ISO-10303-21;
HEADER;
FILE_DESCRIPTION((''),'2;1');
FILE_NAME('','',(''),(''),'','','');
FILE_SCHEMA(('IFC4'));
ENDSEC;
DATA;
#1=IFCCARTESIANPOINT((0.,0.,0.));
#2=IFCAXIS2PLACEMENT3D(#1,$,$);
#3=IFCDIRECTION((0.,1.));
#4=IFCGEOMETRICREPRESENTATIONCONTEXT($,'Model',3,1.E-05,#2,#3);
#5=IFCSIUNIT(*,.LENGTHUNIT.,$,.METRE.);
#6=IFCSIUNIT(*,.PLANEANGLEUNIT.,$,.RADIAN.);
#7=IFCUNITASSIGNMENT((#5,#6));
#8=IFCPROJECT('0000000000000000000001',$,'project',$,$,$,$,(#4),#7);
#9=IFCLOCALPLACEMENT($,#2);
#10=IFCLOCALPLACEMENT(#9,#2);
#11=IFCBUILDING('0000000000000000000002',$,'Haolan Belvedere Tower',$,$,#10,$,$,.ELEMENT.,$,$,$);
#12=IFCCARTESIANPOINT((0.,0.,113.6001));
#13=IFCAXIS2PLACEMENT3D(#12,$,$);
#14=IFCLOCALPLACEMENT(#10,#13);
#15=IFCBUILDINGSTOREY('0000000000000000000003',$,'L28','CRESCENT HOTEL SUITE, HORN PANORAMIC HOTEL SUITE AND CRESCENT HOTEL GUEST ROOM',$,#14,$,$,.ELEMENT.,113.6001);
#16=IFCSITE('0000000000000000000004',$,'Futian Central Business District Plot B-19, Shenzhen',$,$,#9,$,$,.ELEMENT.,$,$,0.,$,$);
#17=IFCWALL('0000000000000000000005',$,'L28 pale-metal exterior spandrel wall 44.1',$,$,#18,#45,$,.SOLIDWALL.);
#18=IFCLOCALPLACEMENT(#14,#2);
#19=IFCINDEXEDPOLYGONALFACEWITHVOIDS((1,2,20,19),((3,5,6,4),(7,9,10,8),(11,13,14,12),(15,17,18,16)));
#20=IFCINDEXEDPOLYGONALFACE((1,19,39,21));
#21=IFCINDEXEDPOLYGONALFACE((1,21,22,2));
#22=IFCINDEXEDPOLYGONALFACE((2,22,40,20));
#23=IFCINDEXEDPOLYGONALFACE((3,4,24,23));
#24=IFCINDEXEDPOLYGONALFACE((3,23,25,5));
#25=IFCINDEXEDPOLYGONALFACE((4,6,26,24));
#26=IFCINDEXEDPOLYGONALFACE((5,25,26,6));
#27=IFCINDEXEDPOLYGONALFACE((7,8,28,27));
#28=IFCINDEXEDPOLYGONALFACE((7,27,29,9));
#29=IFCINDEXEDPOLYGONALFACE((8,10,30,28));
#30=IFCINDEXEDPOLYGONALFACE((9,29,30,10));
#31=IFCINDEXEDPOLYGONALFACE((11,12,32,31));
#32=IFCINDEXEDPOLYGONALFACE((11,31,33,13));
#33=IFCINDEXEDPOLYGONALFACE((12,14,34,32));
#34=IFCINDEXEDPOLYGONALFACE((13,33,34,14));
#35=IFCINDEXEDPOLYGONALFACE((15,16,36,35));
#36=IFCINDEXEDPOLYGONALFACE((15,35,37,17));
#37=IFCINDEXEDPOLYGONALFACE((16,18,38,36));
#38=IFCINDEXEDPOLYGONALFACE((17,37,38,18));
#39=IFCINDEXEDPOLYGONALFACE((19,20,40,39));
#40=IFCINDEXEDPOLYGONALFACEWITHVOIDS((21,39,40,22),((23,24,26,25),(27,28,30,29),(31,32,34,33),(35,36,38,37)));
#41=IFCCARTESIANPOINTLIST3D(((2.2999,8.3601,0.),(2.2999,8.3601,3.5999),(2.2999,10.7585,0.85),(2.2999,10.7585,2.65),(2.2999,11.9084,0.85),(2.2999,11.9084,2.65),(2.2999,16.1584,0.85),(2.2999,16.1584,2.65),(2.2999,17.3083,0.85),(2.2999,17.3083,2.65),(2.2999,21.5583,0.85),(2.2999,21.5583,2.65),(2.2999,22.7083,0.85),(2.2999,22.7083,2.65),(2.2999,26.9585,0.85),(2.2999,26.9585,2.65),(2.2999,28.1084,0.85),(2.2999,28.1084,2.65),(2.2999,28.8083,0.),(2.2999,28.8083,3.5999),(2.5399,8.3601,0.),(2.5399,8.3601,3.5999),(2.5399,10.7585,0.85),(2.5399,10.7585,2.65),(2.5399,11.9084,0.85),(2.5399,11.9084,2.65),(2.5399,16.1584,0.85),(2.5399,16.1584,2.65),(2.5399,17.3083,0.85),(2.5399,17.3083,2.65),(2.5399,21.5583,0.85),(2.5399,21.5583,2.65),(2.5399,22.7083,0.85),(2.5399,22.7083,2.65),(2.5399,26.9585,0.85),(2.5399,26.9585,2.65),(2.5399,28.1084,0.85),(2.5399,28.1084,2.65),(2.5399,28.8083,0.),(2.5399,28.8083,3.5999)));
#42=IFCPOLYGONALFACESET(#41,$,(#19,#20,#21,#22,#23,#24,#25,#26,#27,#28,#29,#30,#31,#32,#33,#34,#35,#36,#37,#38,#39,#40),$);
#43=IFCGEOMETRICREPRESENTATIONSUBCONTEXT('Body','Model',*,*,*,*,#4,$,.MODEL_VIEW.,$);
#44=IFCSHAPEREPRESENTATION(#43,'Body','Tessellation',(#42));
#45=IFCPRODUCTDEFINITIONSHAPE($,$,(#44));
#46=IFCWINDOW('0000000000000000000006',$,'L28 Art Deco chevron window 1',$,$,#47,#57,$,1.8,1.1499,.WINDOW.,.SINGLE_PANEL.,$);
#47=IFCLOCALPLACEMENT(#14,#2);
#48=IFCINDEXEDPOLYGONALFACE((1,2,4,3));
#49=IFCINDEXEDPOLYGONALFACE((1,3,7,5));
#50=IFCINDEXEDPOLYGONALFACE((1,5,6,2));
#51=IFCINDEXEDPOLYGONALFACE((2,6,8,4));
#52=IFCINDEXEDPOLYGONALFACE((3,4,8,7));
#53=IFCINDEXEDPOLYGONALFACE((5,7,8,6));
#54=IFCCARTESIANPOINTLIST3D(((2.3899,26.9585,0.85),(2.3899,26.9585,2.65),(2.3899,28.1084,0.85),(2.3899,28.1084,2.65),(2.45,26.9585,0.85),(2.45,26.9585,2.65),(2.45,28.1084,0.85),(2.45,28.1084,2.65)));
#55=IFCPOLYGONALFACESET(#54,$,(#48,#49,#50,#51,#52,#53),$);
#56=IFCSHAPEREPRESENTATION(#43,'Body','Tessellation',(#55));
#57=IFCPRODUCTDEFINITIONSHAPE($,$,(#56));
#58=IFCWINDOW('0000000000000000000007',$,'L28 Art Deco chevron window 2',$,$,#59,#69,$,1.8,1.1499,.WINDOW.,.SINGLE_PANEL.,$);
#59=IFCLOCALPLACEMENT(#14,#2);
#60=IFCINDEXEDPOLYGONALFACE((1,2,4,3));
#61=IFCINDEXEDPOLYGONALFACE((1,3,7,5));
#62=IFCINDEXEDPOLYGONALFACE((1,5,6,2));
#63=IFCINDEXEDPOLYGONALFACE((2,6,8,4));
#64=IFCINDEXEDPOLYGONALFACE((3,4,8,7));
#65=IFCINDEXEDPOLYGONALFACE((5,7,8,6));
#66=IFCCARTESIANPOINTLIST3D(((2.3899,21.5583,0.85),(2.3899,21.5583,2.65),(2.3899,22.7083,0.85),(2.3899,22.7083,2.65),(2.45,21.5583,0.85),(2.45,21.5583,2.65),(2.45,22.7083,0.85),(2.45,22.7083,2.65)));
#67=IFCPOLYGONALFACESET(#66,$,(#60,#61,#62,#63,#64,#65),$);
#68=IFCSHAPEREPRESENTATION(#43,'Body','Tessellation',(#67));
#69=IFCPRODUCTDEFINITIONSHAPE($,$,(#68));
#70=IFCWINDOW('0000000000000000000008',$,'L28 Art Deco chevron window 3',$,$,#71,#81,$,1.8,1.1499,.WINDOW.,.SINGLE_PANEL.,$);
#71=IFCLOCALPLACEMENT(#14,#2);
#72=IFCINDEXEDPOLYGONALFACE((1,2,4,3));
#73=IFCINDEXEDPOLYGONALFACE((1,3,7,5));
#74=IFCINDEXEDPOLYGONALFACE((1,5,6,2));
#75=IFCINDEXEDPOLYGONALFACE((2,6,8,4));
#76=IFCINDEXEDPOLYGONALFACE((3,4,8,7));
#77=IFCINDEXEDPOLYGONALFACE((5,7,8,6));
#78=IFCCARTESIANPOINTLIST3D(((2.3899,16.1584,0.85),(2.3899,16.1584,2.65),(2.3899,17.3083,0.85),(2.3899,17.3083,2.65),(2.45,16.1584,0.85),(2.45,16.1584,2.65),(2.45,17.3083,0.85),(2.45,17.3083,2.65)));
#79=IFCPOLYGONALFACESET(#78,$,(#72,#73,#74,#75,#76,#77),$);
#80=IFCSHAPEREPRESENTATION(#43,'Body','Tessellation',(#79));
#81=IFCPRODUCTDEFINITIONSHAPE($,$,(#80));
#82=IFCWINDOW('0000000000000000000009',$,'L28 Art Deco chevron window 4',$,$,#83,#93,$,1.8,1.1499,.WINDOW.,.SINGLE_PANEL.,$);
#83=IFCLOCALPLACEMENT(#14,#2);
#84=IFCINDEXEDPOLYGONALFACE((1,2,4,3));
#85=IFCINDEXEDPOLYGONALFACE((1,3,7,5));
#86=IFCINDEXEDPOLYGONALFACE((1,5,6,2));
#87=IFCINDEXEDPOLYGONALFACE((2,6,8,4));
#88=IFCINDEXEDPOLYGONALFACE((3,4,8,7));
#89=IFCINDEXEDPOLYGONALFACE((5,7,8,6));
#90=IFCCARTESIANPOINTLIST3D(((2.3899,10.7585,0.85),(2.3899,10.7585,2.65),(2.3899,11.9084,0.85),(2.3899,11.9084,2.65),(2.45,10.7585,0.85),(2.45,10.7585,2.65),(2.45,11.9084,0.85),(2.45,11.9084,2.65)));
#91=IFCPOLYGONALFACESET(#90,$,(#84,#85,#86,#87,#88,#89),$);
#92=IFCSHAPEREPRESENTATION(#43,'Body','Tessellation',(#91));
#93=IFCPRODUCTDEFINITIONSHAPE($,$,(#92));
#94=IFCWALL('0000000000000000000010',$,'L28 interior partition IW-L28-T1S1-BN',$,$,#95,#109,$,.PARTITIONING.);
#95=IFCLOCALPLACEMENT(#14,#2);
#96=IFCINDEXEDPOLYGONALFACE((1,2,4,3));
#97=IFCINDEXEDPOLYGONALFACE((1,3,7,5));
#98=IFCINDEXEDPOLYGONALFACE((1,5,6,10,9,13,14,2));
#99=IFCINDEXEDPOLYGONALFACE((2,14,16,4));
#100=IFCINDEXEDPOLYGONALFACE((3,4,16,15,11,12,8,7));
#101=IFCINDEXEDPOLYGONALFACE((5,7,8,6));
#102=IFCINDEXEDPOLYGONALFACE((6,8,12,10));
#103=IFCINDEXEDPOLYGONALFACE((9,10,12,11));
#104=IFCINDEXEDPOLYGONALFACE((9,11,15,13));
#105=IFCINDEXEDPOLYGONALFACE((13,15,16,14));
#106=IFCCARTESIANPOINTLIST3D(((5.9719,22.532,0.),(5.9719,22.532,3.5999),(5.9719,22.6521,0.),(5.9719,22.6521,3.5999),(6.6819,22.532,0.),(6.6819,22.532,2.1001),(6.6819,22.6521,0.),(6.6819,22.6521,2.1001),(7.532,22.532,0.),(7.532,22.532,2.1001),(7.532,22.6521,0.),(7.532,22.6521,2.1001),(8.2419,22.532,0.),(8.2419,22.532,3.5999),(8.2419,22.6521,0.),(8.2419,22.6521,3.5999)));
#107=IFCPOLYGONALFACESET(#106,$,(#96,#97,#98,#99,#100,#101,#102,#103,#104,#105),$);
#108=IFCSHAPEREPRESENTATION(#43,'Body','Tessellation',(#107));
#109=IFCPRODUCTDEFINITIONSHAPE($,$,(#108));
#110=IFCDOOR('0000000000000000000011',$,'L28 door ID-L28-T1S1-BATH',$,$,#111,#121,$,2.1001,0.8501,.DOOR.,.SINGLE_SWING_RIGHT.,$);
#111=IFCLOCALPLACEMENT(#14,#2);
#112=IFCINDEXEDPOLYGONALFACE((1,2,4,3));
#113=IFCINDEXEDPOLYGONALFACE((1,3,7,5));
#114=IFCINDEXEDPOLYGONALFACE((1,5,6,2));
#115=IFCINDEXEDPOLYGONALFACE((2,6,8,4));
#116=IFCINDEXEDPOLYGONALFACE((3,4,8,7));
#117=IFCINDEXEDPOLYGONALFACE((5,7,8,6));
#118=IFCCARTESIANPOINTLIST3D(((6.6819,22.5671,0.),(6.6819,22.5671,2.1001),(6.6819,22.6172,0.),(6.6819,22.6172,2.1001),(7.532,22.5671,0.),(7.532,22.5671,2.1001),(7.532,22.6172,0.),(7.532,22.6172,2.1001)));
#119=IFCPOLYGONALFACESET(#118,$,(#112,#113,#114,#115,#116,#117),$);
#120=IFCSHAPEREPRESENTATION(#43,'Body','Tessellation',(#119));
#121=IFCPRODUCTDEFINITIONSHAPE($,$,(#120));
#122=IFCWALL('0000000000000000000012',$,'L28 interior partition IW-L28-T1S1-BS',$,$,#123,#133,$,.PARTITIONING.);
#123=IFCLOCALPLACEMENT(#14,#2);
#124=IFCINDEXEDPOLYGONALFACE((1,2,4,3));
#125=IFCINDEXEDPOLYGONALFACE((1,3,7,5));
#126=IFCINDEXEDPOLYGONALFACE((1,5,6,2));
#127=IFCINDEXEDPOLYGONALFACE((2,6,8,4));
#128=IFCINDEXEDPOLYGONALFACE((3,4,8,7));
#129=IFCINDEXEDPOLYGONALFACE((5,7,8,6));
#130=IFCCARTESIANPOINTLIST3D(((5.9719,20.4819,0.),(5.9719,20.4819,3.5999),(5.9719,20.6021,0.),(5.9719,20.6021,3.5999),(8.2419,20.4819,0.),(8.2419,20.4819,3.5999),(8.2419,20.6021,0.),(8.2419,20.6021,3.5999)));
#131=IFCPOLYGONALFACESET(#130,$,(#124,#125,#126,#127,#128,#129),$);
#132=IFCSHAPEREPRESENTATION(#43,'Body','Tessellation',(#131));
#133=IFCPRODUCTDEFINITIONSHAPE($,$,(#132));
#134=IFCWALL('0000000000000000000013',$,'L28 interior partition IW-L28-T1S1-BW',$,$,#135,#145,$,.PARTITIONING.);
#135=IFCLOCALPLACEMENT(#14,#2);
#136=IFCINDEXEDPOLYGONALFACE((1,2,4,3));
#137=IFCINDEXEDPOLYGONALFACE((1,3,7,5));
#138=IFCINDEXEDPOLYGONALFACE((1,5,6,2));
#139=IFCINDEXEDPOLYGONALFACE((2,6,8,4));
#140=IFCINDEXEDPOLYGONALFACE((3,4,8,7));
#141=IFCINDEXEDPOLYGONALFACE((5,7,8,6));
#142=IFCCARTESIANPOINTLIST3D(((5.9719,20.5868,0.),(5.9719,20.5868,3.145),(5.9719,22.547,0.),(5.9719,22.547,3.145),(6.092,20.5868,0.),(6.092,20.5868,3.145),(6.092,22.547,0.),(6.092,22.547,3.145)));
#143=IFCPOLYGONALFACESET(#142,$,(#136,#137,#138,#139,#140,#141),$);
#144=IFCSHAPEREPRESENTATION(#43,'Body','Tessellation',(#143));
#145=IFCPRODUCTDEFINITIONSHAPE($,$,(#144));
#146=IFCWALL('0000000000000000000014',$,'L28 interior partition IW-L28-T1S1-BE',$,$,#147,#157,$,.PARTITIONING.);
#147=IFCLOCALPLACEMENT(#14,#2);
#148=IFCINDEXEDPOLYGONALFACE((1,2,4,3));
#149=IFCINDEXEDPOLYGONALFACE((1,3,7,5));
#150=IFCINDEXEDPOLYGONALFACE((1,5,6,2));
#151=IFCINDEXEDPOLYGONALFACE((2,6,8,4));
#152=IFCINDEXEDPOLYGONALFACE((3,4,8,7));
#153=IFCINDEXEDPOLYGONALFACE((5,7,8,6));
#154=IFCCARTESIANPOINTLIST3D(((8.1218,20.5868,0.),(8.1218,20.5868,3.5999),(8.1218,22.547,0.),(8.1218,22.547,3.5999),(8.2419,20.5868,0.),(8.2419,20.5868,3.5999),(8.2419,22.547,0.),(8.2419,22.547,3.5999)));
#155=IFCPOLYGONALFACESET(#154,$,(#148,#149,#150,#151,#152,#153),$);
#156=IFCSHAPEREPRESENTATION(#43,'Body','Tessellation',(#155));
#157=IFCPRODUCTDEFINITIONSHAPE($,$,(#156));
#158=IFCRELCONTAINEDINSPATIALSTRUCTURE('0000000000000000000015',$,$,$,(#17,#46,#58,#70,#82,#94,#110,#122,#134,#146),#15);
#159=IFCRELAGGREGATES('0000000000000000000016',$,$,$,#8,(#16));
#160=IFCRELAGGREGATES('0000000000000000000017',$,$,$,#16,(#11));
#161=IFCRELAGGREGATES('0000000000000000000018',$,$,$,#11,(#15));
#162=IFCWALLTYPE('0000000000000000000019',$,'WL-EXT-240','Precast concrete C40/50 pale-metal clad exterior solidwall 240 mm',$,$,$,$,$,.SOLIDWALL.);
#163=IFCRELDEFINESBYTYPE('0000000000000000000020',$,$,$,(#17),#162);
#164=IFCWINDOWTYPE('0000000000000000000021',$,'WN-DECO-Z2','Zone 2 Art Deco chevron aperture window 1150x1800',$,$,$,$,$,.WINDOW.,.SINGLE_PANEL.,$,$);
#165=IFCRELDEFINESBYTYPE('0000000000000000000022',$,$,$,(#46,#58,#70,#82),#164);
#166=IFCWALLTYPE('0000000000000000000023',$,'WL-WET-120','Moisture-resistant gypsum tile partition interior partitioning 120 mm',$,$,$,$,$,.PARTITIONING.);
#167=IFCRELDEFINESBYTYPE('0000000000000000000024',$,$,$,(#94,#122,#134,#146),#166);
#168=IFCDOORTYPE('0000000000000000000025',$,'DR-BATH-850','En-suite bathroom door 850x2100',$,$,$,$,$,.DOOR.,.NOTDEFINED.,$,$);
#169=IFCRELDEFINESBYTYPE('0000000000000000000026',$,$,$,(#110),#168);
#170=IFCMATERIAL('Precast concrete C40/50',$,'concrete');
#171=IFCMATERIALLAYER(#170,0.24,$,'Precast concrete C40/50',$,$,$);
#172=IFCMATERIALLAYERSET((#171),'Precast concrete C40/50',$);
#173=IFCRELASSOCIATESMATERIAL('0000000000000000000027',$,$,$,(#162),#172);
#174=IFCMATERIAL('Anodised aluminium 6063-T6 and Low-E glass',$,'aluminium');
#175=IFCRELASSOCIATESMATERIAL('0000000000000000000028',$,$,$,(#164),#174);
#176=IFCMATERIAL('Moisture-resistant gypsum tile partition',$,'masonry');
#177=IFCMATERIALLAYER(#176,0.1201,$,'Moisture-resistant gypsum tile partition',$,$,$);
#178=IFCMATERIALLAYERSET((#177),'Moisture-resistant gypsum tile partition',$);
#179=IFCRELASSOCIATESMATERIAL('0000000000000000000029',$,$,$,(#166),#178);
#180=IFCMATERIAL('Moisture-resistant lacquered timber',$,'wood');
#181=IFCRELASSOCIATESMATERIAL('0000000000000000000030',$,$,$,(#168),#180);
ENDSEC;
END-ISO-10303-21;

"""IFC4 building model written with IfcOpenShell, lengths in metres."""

from ifc_helpers import new_model, si_unit, direction, frame, frame_2d, origin, place, context, subcontext, project, spatial, rectangle, extrude, material, layer, layer_set, type_object, element, fill, save


model = new_model("IFC4")

# Units and contexts
model_context = context("Model", 3, precision=1e-05, world=origin(), true_north=direction((0.0, 1.0)))
body_context = subcontext(model_context, "Body", "Model", "MODEL_VIEW")
ifc_project = project(units=[si_unit("LENGTHUNIT", "METRE"), si_unit("PLANEANGLEUNIT", "RADIAN")], contexts=[model_context])

# Site, building, storey
site_placement = place(None, origin())
site = spatial("IfcSite", under=ifc_project, at=site_placement, Name="Futian Central Business District Plot B-19, Shenzhen", CompositionType="ELEMENT", RefElevation=0.0)
building_placement = place(site_placement, origin())
building = spatial("IfcBuilding", under=site, at=building_placement, Name="Haolan Belvedere Tower", CompositionType="ELEMENT")
storey_placement = place(building_placement, frame((0.0, 0.0, 113.6001)))
storey = spatial("IfcBuildingStorey", under=building, at=storey_placement, Name="L28", Description="CRESCENT HOTEL SUITE, HORN PANORAMIC HOTEL SUITE AND CRESCENT HOTEL GUEST ROOM", CompositionType="ELEMENT", Elevation=113.6001)

# Wall, openings, windows
ifc_material_1 = material(Name="Precast concrete C40/50", Category="concrete")
ifc_layer_1 = layer(ifc_material_1, 0.24, Name="Precast concrete C40/50")
ifc_layer_set_1 = layer_set([ifc_layer_1], Name="Precast concrete C40/50")
wall_type_1 = type_object("IfcWallType", Name="WL-EXT-240", Description="Precast concrete C40/50 pale-metal clad exterior solidwall 240 mm", PredefinedType="SOLIDWALL", material=ifc_layer_set_1)
wall_1_placement = place(storey_placement, frame((2.4199, 28.8083, 0.0), z_axis=(0.0, 0.0, 1.0), x_axis=(0.0, -1.0, 0.0)))
wall_1 = element("IfcWall", 1, at=wall_1_placement, inside=storey, type_object=wall_type_1, Name="L28 pale-metal exterior spandrel wall 44.1", PredefinedType="SOLIDWALL", context=body_context, shape_type="SweptSolid", body=[
    extrude(rectangle(XDim=20.4482, YDim=0.24, at=frame_2d((10.2241, 0.0))), origin(), (0.0, 0.0, 1.0), 3.5999),
])
opening_1_placement = place(wall_1_placement, frame((0.7, 0.0, 0.8501)))
opening_1 = element("IfcOpeningElement", 2, at=opening_1_placement, cuts=wall_1, PredefinedType="OPENING", context=body_context, shape_type="SweptSolid", body=[
    extrude(rectangle(XDim=1.1499, YDim=1.8, at=frame_2d((0.575, 0.8999))), frame((0.0, 0.1299, 0.0), z_axis=(0.0, -1.0, 0.0), x_axis=(1.0, 0.0, 0.0)), (0.0, 0.0, 1.0), 0.26),
])
opening_2_placement = place(wall_1_placement, frame((6.1001, 0.0, 0.8501)))
opening_2 = element("IfcOpeningElement", 3, at=opening_2_placement, cuts=wall_1, PredefinedType="OPENING", context=body_context, shape_type="SweptSolid", body=[
    extrude(rectangle(XDim=1.1499, YDim=1.8, at=frame_2d((0.575, 0.8999))), frame((0.0, 0.1299, 0.0), z_axis=(0.0, -1.0, 0.0), x_axis=(1.0, 0.0, 0.0)), (0.0, 0.0, 1.0), 0.26),
])
opening_3_placement = place(wall_1_placement, frame((11.5, 0.0, 0.8501)))
opening_3 = element("IfcOpeningElement", 4, at=opening_3_placement, cuts=wall_1, PredefinedType="OPENING", context=body_context, shape_type="SweptSolid", body=[
    extrude(rectangle(XDim=1.1499, YDim=1.8, at=frame_2d((0.575, 0.8999))), frame((0.0, 0.1299, 0.0), z_axis=(0.0, -1.0, 0.0), x_axis=(1.0, 0.0, 0.0)), (0.0, 0.0, 1.0), 0.26),
])
opening_4_placement = place(wall_1_placement, frame((16.8999, 0.0, 0.8501)))
opening_4 = element("IfcOpeningElement", 5, at=opening_4_placement, cuts=wall_1, PredefinedType="OPENING", context=body_context, shape_type="SweptSolid", body=[
    extrude(rectangle(XDim=1.1499, YDim=1.8, at=frame_2d((0.575, 0.8999))), frame((0.0, 0.1299, 0.0), z_axis=(0.0, -1.0, 0.0), x_axis=(1.0, 0.0, 0.0)), (0.0, 0.0, 1.0), 0.26),
])
ifc_material_2 = material(Name="Anodised aluminium 6063-T6 and Low-E glass", Category="aluminium")
window_type = type_object("IfcWindowType", Name="WN-DECO-Z2", Description="Zone 2 Art Deco chevron aperture window 1150x1800", PartitioningType="SINGLE_PANEL", PredefinedType="WINDOW", material=ifc_material_2)
window_1_placement = place(opening_1_placement, origin())
window_1 = element("IfcWindow", 6, at=window_1_placement, inside=storey, type_object=window_type, Name="L28 Art Deco chevron window 1", OverallHeight=1.8, OverallWidth=1.1499, PartitioningType="SINGLE_PANEL", PredefinedType="WINDOW", context=body_context, shape_type="SweptSolid", body=[
    extrude(rectangle(XDim=1.1499, YDim=1.8, at=frame_2d((0.575, 0.8999))), frame((0.0, 0.03, 0.0), z_axis=(0.0, -1.0, 0.0), x_axis=(1.0, 0.0, 0.0)), (0.0, 0.0, 1.0), 0.0601),
])
fill(opening_1, window_1)
window_2_placement = place(opening_2_placement, origin())
window_2 = element("IfcWindow", 7, at=window_2_placement, inside=storey, type_object=window_type, Name="L28 Art Deco chevron window 2", OverallHeight=1.8, OverallWidth=1.1499, PartitioningType="SINGLE_PANEL", PredefinedType="WINDOW", context=body_context, shape_type="SweptSolid", body=[
    extrude(rectangle(XDim=1.1499, YDim=1.8, at=frame_2d((0.575, 0.8999))), frame((0.0, 0.03, 0.0), z_axis=(0.0, -1.0, 0.0), x_axis=(1.0, 0.0, 0.0)), (0.0, 0.0, 1.0), 0.0601),
])
fill(opening_2, window_2)
window_3_placement = place(opening_3_placement, origin())
window_3 = element("IfcWindow", 8, at=window_3_placement, inside=storey, type_object=window_type, Name="L28 Art Deco chevron window 3", OverallHeight=1.8, OverallWidth=1.1499, PartitioningType="SINGLE_PANEL", PredefinedType="WINDOW", context=body_context, shape_type="SweptSolid", body=[
    extrude(rectangle(XDim=1.1499, YDim=1.8, at=frame_2d((0.575, 0.8999))), frame((0.0, 0.03, 0.0), z_axis=(0.0, -1.0, 0.0), x_axis=(1.0, 0.0, 0.0)), (0.0, 0.0, 1.0), 0.0601),
])
fill(opening_3, window_3)
window_4_placement = place(opening_4_placement, origin())
window_4 = element("IfcWindow", 9, at=window_4_placement, inside=storey, type_object=window_type, Name="L28 Art Deco chevron window 4", OverallHeight=1.8, OverallWidth=1.1499, PartitioningType="SINGLE_PANEL", PredefinedType="WINDOW", context=body_context, shape_type="SweptSolid", body=[
    extrude(rectangle(XDim=1.1499, YDim=1.8, at=frame_2d((0.575, 0.8999))), frame((0.0, 0.03, 0.0), z_axis=(0.0, -1.0, 0.0), x_axis=(1.0, 0.0, 0.0)), (0.0, 0.0, 1.0), 0.0601),
])
fill(opening_4, window_4)

# Wall, opening, door
ifc_material_3 = material(Name="Moisture-resistant gypsum tile partition", Category="masonry")
ifc_layer_2 = layer(ifc_material_3, 0.1201, Name="Moisture-resistant gypsum tile partition")
ifc_layer_set_2 = layer_set([ifc_layer_2], Name="Moisture-resistant gypsum tile partition")
wall_type_2 = type_object("IfcWallType", Name="WL-WET-120", Description="Moisture-resistant gypsum tile partition interior partitioning 120 mm", PredefinedType="PARTITIONING", material=ifc_layer_set_2)
wall_2_placement = place(storey_placement, frame((5.9719, 22.592, 0.0), z_axis=(0.0, 0.0, 1.0), x_axis=(1.0, 0.0, 0.0)))
wall_2 = element("IfcWall", 10, at=wall_2_placement, inside=storey, type_object=wall_type_2, Name="L28 interior partition IW-L28-T1S1-BN", PredefinedType="PARTITIONING", context=body_context, shape_type="SweptSolid", body=[
    extrude(rectangle(XDim=2.27, YDim=0.1201, at=frame_2d((1.135, 0.0))), origin(), (0.0, 0.0, 1.0), 3.5999),
])
opening_5_placement = place(wall_2_placement, frame((1.5601, 0.0, 0.0), z_axis=(0.0, 0.0, 1.0), x_axis=(-1.0, 0.0, 0.0)))
opening_5 = element("IfcOpeningElement", 11, at=opening_5_placement, cuts=wall_2, PredefinedType="OPENING", context=body_context, shape_type="SweptSolid", body=[
    extrude(rectangle(XDim=0.8501, YDim=2.1001, at=frame_2d((0.425, 1.05))), frame((0.0, 0.0701, 0.0), z_axis=(0.0, -1.0, 0.0), x_axis=(1.0, 0.0, 0.0)), (0.0, 0.0, 1.0), 0.1401),
])
ifc_material_4 = material(Name="Moisture-resistant lacquered timber", Category="wood")
door_type = type_object("IfcDoorType", Name="DR-BATH-850", Description="En-suite bathroom door 850x2100", OperationType="NOTDEFINED", PredefinedType="DOOR", material=ifc_material_4)
door_placement = place(opening_5_placement, origin())
door = element("IfcDoor", 12, at=door_placement, inside=storey, type_object=door_type, Name="L28 door ID-L28-T1S1-BATH", OperationType="SINGLE_SWING_RIGHT", OverallHeight=2.1001, OverallWidth=0.8501, PredefinedType="DOOR", context=body_context, shape_type="SweptSolid", body=[
    extrude(rectangle(XDim=0.8501, YDim=2.1001, at=frame_2d((0.425, 1.05))), frame((0.0, 0.0249, 0.0), z_axis=(0.0, -1.0, 0.0), x_axis=(1.0, 0.0, 0.0)), (0.0, 0.0, 1.0), 0.05),
])
fill(opening_5, door)

# Walls
wall_3_placement = place(storey_placement, frame((5.9719, 20.542, 0.0), z_axis=(0.0, 0.0, 1.0), x_axis=(1.0, 0.0, 0.0)))
element("IfcWall", 13, at=wall_3_placement, inside=storey, type_object=wall_type_2, Name="L28 interior partition IW-L28-T1S1-BS", PredefinedType="PARTITIONING", context=body_context, shape_type="SweptSolid", body=[
    extrude(rectangle(XDim=2.27, YDim=0.1201, at=frame_2d((1.135, 0.0))), origin(), (0.0, 0.0, 1.0), 3.5999),
])
wall_4_placement = place(storey_placement, frame((6.032, 20.5869, 0.0), z_axis=(0.0, 0.0, 1.0), x_axis=(0.0, 1.0, 0.0)))
element("IfcWall", 14, at=wall_4_placement, inside=storey, type_object=wall_type_2, Name="L28 interior partition IW-L28-T1S1-BW", PredefinedType="PARTITIONING", context=body_context, shape_type="SweptSolid", body=[
    extrude(rectangle(XDim=1.9602, YDim=0.1201, at=frame_2d((0.98, 0.0))), origin(), (0.0, 0.0, 1.0), 3.145),
])
wall_5_placement = place(storey_placement, frame((8.1819, 20.5869, 0.0), z_axis=(0.0, 0.0, 1.0), x_axis=(0.0, 1.0, 0.0)))
element("IfcWall", 15, at=wall_5_placement, inside=storey, type_object=wall_type_2, Name="L28 interior partition IW-L28-T1S1-BE", PredefinedType="PARTITIONING", context=body_context, shape_type="SweptSolid", body=[
    extrude(rectangle(XDim=1.9602, YDim=0.1201, at=frame_2d((0.98, 0.0))), origin(), (0.0, 0.0, 1.0), 3.5999),
])

save(model, "model.ifc")
